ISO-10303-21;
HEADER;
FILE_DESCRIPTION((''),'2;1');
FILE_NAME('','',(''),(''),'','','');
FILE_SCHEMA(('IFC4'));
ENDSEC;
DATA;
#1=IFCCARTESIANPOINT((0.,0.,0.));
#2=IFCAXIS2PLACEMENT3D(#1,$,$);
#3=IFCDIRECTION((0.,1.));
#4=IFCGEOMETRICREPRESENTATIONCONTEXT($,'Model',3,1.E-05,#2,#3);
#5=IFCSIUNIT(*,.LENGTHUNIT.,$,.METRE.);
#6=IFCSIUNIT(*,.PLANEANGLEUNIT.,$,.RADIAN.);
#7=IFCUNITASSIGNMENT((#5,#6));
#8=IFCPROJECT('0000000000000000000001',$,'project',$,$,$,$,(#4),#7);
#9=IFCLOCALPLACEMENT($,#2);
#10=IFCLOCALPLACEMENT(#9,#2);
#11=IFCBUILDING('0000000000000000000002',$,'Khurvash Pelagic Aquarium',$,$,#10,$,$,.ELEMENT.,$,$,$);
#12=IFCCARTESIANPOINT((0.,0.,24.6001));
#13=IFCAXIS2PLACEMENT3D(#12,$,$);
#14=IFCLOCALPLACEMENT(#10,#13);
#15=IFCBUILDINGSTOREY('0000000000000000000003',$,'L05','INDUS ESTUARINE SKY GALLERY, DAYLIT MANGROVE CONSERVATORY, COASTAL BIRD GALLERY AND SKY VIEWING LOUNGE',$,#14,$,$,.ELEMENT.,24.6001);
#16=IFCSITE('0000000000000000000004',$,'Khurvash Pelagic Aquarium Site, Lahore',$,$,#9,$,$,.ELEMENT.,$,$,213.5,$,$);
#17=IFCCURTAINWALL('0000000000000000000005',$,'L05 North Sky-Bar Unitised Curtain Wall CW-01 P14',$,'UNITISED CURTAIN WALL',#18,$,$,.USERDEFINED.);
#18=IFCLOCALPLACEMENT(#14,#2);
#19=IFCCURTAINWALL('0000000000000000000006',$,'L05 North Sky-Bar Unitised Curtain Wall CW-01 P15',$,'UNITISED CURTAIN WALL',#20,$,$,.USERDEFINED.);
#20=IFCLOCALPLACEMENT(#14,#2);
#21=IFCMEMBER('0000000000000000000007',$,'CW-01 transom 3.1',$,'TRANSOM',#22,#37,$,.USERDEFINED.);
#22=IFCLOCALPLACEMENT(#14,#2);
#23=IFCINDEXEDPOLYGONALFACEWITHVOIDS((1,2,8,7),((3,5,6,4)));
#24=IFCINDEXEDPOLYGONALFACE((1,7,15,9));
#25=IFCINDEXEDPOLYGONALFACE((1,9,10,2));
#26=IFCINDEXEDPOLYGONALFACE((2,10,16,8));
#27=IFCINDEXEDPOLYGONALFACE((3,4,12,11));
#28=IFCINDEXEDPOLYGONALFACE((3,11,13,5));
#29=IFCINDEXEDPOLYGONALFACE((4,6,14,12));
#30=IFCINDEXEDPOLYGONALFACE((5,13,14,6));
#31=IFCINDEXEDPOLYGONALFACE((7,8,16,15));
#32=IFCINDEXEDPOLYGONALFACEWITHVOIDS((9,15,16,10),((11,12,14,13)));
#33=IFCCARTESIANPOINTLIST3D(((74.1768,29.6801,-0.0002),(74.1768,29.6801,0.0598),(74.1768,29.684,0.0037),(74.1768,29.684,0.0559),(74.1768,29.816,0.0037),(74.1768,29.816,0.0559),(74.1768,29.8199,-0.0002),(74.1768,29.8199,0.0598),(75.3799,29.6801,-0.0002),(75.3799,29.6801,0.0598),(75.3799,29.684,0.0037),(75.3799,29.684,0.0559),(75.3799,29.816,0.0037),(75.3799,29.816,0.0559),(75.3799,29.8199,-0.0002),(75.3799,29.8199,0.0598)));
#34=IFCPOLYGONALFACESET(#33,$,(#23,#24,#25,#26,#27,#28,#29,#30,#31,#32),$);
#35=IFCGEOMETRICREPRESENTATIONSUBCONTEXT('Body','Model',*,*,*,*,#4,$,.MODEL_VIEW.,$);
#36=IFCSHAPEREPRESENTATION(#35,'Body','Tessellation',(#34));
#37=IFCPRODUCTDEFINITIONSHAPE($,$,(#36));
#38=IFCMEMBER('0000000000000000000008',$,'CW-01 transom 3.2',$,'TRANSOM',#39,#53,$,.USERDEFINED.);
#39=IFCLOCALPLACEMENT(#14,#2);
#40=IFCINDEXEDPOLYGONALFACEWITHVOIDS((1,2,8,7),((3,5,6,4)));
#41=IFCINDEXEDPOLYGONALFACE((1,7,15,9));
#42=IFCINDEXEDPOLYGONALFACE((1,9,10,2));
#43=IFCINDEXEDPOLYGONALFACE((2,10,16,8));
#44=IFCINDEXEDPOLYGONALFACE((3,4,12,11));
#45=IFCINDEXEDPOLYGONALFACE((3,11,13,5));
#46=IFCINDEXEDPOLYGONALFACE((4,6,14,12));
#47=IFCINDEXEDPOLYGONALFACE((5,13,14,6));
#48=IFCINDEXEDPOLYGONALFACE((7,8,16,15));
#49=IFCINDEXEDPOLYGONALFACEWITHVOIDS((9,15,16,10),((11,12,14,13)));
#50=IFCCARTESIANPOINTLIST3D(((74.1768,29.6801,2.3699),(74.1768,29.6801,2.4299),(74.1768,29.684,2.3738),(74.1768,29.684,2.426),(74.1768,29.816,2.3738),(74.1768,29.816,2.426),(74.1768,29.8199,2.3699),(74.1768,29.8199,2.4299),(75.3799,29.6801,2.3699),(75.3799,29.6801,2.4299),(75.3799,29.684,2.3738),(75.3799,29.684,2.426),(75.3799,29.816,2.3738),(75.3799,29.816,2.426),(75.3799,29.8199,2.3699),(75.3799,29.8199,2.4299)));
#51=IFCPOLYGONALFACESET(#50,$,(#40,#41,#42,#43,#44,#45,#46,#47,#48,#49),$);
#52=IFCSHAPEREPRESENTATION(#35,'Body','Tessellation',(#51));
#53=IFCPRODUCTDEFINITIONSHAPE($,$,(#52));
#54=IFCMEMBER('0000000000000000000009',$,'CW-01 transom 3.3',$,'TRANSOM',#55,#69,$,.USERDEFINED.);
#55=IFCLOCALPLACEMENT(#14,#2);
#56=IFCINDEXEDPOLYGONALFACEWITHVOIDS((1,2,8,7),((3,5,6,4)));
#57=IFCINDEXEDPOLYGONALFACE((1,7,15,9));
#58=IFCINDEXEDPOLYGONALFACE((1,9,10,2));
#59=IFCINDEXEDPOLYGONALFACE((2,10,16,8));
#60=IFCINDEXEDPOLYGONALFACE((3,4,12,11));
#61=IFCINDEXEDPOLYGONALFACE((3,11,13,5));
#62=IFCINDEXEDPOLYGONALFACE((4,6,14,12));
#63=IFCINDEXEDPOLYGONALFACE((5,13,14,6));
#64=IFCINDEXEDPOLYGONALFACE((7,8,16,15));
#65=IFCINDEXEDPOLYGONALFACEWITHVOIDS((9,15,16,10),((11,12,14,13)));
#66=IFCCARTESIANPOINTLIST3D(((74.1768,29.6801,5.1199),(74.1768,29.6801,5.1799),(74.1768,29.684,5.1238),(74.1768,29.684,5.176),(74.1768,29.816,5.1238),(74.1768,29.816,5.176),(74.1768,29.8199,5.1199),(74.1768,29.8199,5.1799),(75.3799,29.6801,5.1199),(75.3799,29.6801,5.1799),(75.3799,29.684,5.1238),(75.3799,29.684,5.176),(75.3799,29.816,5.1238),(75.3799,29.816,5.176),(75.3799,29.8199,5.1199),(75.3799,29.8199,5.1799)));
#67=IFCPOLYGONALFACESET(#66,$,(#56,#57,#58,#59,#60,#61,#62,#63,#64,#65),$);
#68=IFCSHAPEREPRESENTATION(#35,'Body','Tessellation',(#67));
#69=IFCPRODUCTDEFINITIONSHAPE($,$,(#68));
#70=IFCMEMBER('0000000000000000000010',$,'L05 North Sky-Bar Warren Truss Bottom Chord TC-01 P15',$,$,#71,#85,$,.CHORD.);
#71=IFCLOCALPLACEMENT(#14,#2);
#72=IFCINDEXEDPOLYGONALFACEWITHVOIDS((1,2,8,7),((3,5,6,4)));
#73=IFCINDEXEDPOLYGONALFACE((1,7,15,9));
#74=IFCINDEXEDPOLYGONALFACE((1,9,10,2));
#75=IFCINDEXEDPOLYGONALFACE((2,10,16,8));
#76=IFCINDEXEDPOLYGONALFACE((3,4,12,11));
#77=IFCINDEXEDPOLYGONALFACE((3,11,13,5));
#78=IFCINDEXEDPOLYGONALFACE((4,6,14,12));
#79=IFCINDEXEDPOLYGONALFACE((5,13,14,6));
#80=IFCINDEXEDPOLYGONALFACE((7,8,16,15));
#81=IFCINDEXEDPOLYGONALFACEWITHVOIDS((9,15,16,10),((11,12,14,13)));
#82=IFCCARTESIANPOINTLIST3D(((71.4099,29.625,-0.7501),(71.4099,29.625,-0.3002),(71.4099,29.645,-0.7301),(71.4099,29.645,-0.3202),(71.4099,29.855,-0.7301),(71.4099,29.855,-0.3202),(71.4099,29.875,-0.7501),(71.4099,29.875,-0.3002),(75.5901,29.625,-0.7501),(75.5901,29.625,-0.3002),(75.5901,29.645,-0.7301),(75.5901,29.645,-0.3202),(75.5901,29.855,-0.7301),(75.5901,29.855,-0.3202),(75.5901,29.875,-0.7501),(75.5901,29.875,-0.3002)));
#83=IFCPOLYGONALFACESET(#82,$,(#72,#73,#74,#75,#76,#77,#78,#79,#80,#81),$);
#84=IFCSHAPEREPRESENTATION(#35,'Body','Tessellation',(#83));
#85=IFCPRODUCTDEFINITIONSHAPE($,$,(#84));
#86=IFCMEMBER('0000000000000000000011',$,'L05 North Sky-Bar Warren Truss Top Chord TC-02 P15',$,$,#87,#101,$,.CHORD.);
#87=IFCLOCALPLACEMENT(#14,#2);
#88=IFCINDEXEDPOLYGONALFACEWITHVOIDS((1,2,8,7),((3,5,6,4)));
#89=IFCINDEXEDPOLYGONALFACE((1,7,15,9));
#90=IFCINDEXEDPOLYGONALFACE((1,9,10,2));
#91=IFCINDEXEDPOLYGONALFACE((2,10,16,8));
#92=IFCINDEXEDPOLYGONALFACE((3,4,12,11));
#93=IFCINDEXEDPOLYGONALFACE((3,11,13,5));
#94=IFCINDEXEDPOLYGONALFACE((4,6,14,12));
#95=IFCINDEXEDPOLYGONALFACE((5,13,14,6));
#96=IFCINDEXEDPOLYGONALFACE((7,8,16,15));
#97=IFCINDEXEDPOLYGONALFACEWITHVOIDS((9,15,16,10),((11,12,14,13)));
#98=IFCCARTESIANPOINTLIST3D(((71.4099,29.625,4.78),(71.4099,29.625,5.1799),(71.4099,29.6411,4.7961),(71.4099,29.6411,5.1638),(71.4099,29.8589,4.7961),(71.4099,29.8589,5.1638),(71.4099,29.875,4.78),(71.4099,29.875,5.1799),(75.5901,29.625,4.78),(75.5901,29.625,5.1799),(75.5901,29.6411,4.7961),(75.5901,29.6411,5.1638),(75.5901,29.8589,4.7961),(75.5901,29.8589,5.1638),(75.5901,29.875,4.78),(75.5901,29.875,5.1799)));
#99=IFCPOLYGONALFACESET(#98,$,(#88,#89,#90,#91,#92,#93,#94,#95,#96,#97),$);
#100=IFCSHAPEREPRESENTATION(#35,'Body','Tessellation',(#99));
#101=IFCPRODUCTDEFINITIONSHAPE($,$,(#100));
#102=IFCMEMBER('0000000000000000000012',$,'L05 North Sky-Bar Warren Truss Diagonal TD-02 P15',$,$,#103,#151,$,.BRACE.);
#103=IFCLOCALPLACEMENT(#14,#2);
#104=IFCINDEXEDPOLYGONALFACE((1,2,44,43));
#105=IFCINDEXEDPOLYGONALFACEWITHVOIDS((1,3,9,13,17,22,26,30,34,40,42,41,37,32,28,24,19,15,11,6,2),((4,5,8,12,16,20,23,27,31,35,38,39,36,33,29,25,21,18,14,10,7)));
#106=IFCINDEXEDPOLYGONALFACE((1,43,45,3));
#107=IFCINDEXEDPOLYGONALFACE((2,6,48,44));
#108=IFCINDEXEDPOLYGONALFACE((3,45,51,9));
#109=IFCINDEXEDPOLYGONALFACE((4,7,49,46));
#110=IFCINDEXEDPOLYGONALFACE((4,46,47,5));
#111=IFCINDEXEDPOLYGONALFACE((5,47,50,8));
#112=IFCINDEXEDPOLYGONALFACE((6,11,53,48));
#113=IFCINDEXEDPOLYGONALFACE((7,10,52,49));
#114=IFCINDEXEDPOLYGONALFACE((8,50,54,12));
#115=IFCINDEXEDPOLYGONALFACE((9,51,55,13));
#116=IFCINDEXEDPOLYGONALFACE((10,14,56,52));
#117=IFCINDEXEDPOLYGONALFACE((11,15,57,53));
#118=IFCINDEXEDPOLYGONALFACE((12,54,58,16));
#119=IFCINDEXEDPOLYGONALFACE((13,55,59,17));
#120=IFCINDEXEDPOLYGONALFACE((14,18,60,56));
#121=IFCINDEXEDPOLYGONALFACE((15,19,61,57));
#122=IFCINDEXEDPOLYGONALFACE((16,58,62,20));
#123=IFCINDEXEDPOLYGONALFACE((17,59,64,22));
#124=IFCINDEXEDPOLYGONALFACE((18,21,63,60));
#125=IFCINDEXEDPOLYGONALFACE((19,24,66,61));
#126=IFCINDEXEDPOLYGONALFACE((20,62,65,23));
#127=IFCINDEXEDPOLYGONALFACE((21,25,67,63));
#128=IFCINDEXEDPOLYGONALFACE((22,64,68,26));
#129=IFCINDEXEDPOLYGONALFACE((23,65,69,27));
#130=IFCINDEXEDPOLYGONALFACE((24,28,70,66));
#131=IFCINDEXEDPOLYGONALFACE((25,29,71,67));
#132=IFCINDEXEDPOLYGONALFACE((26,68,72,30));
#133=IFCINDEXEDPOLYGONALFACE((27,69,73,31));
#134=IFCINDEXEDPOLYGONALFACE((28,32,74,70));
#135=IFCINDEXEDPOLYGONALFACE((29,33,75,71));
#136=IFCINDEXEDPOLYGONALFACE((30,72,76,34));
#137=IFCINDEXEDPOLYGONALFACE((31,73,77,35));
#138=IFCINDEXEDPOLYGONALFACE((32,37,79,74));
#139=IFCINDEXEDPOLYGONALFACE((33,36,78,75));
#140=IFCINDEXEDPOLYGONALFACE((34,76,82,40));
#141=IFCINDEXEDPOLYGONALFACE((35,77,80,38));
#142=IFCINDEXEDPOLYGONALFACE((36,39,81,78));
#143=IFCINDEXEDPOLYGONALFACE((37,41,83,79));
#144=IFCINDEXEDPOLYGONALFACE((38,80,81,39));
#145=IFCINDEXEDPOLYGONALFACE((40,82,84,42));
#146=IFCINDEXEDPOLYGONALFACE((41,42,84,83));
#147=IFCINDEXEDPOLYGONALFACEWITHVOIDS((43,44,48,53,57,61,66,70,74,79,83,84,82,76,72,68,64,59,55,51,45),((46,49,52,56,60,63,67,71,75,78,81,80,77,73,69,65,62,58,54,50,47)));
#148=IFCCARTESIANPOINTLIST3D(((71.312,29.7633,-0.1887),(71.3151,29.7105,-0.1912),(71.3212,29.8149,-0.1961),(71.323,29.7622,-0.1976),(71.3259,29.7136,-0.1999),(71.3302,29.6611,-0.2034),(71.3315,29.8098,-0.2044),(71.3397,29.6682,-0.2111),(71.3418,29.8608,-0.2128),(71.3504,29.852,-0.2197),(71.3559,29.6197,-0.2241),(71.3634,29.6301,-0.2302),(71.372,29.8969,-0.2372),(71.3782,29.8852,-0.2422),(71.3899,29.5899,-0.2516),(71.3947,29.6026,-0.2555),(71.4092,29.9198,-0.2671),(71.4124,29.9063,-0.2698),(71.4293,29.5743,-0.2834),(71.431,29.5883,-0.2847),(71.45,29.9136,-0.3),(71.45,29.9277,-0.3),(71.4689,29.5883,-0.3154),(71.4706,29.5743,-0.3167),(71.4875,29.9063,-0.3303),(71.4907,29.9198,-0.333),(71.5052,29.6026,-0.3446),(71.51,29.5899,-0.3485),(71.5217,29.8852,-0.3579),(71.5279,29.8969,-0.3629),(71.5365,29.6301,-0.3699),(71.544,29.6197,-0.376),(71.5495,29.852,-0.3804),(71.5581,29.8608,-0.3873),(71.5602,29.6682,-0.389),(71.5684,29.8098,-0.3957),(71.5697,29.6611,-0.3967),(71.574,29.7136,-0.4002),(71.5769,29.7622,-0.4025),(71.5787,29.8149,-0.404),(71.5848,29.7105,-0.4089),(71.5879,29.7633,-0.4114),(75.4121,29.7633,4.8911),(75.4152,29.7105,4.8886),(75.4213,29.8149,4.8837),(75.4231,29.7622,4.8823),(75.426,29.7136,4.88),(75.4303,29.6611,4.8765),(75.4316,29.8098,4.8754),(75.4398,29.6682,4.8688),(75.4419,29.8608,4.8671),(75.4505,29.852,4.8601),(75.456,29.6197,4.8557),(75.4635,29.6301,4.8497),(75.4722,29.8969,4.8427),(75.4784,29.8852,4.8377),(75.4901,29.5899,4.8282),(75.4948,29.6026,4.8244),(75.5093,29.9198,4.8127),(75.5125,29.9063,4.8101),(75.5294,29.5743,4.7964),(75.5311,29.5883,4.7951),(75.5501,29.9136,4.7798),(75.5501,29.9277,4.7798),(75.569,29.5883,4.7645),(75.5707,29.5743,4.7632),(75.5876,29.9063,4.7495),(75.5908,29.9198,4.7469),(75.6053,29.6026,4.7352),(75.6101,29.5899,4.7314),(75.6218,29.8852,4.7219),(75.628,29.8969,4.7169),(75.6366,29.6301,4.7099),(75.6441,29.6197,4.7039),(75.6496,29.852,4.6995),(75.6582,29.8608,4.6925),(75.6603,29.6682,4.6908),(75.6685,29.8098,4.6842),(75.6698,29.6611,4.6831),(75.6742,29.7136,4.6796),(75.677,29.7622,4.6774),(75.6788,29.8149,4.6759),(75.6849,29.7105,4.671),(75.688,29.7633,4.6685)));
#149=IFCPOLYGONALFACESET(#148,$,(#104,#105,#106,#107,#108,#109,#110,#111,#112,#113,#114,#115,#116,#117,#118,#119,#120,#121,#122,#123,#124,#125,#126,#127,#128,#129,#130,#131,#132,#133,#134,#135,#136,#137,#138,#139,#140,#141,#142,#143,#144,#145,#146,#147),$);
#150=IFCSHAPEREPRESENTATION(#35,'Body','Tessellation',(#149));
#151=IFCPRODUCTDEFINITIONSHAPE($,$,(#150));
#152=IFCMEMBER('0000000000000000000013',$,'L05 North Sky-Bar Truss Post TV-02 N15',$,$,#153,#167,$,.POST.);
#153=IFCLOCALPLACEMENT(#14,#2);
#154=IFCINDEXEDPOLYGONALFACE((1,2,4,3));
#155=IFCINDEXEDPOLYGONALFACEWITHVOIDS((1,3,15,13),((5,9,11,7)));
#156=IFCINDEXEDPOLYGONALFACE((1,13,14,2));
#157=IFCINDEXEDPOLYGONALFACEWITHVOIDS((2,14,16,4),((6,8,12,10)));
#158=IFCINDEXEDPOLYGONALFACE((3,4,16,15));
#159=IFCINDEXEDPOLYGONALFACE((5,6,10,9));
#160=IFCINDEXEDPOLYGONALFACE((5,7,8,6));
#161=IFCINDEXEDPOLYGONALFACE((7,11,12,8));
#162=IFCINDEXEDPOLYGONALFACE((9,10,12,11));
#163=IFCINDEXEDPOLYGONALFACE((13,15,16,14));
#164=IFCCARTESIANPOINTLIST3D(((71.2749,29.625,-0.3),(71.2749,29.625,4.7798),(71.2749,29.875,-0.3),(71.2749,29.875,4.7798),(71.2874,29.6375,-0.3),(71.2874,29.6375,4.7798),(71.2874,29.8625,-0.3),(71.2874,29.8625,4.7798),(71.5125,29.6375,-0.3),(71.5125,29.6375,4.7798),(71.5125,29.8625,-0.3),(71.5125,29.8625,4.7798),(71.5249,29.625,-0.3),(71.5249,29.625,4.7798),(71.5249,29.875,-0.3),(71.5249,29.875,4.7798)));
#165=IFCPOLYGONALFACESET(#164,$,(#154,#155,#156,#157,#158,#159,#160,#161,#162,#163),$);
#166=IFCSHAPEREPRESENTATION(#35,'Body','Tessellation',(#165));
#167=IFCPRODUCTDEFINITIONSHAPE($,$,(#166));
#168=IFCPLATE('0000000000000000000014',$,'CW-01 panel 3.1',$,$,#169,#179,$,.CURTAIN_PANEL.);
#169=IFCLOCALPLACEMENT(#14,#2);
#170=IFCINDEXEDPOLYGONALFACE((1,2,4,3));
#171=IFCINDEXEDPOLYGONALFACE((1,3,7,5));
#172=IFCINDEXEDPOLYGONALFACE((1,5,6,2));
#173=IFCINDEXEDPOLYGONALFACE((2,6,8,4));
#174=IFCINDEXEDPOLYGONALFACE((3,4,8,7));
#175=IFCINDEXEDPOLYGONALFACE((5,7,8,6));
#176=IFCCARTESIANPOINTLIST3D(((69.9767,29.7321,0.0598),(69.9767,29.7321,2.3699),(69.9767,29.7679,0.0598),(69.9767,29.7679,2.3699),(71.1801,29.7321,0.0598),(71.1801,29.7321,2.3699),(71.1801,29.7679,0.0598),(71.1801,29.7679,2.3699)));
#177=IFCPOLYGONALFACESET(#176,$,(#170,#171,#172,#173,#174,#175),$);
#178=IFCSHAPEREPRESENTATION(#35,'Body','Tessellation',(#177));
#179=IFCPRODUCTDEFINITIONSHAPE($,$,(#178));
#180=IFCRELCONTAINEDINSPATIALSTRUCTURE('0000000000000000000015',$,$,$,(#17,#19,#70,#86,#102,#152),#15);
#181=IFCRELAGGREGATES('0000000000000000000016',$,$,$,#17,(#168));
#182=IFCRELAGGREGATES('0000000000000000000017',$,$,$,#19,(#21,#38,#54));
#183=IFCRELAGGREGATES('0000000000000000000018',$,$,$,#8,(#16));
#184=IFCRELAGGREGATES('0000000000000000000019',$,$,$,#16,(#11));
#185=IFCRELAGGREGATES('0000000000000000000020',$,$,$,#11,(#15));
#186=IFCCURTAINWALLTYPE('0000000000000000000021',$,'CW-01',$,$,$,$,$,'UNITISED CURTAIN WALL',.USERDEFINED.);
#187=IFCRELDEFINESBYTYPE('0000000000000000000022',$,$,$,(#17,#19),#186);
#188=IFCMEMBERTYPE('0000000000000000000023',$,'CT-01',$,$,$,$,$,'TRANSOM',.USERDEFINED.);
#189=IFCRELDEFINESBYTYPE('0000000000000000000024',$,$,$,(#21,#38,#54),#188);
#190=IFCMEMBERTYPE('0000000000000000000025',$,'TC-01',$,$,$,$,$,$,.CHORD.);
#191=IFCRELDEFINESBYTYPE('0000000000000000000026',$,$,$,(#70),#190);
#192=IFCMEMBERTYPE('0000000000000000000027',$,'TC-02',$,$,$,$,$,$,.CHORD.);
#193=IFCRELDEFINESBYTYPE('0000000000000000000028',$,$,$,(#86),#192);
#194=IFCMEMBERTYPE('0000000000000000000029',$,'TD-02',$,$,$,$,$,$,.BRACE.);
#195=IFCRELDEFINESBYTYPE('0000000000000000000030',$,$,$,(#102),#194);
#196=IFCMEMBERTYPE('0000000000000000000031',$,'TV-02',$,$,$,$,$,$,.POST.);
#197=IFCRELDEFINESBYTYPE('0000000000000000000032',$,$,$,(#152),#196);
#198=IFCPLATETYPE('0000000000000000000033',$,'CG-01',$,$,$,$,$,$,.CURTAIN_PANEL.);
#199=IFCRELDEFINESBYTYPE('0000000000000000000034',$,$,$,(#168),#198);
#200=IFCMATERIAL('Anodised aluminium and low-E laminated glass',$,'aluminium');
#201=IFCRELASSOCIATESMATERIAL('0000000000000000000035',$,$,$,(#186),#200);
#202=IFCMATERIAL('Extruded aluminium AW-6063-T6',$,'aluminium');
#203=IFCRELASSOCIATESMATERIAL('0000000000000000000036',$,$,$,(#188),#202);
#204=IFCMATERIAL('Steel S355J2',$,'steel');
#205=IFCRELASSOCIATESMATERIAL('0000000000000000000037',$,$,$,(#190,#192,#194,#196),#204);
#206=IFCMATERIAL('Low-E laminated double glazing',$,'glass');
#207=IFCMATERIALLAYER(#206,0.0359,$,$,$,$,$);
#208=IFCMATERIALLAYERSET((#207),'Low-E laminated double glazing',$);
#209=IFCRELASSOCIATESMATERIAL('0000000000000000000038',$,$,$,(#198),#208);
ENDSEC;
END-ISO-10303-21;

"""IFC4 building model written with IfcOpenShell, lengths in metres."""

from ifc_helpers import new_model, si_unit, direction, frame, origin, origin_2d, place, context, subcontext, project, spatial, rectangle, hollow_rectangle, hollow_circle, extrude, material, layer, layer_set, material_profile, profile_set, type_object, element, aggregate, save


model = new_model("IFC4")

# Units and contexts
model_context = context("Model", 3, precision=1e-05, world=origin(), true_north=direction((0.0, 1.0)))
body_context = subcontext(model_context, "Body", "Model", "MODEL_VIEW")
ifc_project = project(units=[si_unit("LENGTHUNIT", "METRE"), si_unit("PLANEANGLEUNIT", "RADIAN")], contexts=[model_context])

# Site, building, storey
site_placement = place(None, origin())
site = spatial("IfcSite", under=ifc_project, at=site_placement, Name="Khurvash Pelagic Aquarium Site, Lahore", CompositionType="ELEMENT", RefElevation=213.5)
building_placement = place(site_placement, origin())
building = spatial("IfcBuilding", under=site, at=building_placement, Name="Khurvash Pelagic Aquarium", CompositionType="ELEMENT")
storey_placement = place(building_placement, frame((0.0, 0.0, 24.6001)))
storey = spatial("IfcBuildingStorey", under=building, at=storey_placement, Name="L05", Description="INDUS ESTUARINE SKY GALLERY, DAYLIT MANGROVE CONSERVATORY, COASTAL BIRD GALLERY AND SKY VIEWING LOUNGE", CompositionType="ELEMENT", Elevation=24.6001)

# Curtain wall
ifc_material_1 = material(Name="Anodised aluminium and low-E laminated glass", Category="aluminium")
curtain_wall_type = type_object("IfcCurtainWallType", Name="CW-01", ElementType="UNITISED CURTAIN WALL", PredefinedType="USERDEFINED", material=ifc_material_1)
curtain_wall_1_placement = place(storey_placement, origin())
curtain_wall_1 = element("IfcCurtainWall", 1, at=curtain_wall_1_placement, inside=storey, type_object=curtain_wall_type, Name="L05 North Sky-Bar Unitised Curtain Wall CW-01 P14", ObjectType="UNITISED CURTAIN WALL", PredefinedType="USERDEFINED")
ifc_material_2 = material(Name="Extruded aluminium AW-6063-T6", Category="aluminium")

# Curtain wall, members
curtain_wall_2_placement = place(storey_placement, origin())
curtain_wall_2 = element("IfcCurtainWall", 2, at=curtain_wall_2_placement, inside=storey, type_object=curtain_wall_type, Name="L05 North Sky-Bar Unitised Curtain Wall CW-01 P15", ObjectType="UNITISED CURTAIN WALL", PredefinedType="USERDEFINED")
ifc_material_profile_1 = material_profile(ifc_material_2, hollow_rectangle(XDim=0.1399, YDim=0.0601, WallThickness=0.0039, at=origin_2d()), Name="CWT140X60X4")
ifc_profile_set_1 = profile_set([ifc_material_profile_1], Name="Extruded aluminium AW-6063-T6")
member_type_1 = type_object("IfcMemberType", Name="CT-01", ElementType="TRANSOM", PredefinedType="USERDEFINED", material=ifc_profile_set_1)
member_1_placement = place(storey_placement, frame((74.1768, 29.75, 0.0298), z_axis=(1.0, 0.0, 0.0), x_axis=(0.0, 1.0, 0.0)))
member_1 = element("IfcMember", 3, at=member_1_placement, type_object=member_type_1, Name="CW-01 transom 3.1", ObjectType="TRANSOM", PredefinedType="USERDEFINED", context=body_context, shape_type="SweptSolid", body=[
    extrude(hollow_rectangle(XDim=0.1399, YDim=0.0601, WallThickness=0.0039, at=origin_2d()), origin(), (0.0, 0.0, 1.0), 1.2031),
])
member_2_placement = place(storey_placement, frame((74.1768, 29.75, 2.3999), z_axis=(1.0, 0.0, 0.0), x_axis=(0.0, 1.0, 0.0)))
member_2 = element("IfcMember", 4, at=member_2_placement, type_object=member_type_1, Name="CW-01 transom 3.2", ObjectType="TRANSOM", PredefinedType="USERDEFINED", context=body_context, shape_type="SweptSolid", body=[
    extrude(hollow_rectangle(XDim=0.1399, YDim=0.0601, WallThickness=0.0039, at=origin_2d()), origin(), (0.0, 0.0, 1.0), 1.2031),
])
member_3_placement = place(storey_placement, frame((74.1768, 29.75, 5.1499), z_axis=(1.0, 0.0, 0.0), x_axis=(0.0, 1.0, 0.0)))
member_3 = element("IfcMember", 5, at=member_3_placement, type_object=member_type_1, Name="CW-01 transom 3.3", ObjectType="TRANSOM", PredefinedType="USERDEFINED", context=body_context, shape_type="SweptSolid", body=[
    extrude(hollow_rectangle(XDim=0.1399, YDim=0.0601, WallThickness=0.0039, at=origin_2d()), origin(), (0.0, 0.0, 1.0), 1.2031),
])

# Members
ifc_material_3 = material(Name="Steel S355J2", Category="steel")
ifc_material_profile_2 = material_profile(ifc_material_3, hollow_rectangle(XDim=0.25, YDim=0.45, WallThickness=0.02, at=origin_2d()), Name="RHS450X250X20")
ifc_profile_set_2 = profile_set([ifc_material_profile_2], Name="Steel S355J2")
member_type_2 = type_object("IfcMemberType", Name="TC-01", PredefinedType="CHORD", material=ifc_profile_set_2)
member_4_placement = place(storey_placement, frame((71.4099, 29.75, -0.5251), z_axis=(1.0, 0.0, 0.0), x_axis=(0.0, 1.0, 0.0)))
element("IfcMember", 6, at=member_4_placement, inside=storey, type_object=member_type_2, Name="L05 North Sky-Bar Warren Truss Bottom Chord TC-01 P15", PredefinedType="CHORD", context=body_context, shape_type="SweptSolid", body=[
    extrude(hollow_rectangle(XDim=0.25, YDim=0.45, WallThickness=0.02, at=origin_2d()), origin(), (0.0, 0.0, 1.0), 4.1802),
])
ifc_material_profile_3 = material_profile(ifc_material_3, hollow_rectangle(XDim=0.25, YDim=0.3999, WallThickness=0.0161, at=origin_2d()), Name="RHS400X250X16")
ifc_profile_set_3 = profile_set([ifc_material_profile_3], Name="Steel S355J2")
member_type_3 = type_object("IfcMemberType", Name="TC-02", PredefinedType="CHORD", material=ifc_profile_set_3)
member_5_placement = place(storey_placement, frame((71.4099, 29.75, 4.98), z_axis=(1.0, 0.0, 0.0), x_axis=(0.0, 1.0, 0.0)))
element("IfcMember", 7, at=member_5_placement, inside=storey, type_object=member_type_3, Name="L05 North Sky-Bar Warren Truss Top Chord TC-02 P15", PredefinedType="CHORD", context=body_context, shape_type="SweptSolid", body=[
    extrude(hollow_rectangle(XDim=0.25, YDim=0.3999, WallThickness=0.0161, at=origin_2d()), origin(), (0.0, 0.0, 1.0), 4.1802),
])
ifc_material_profile_4 = material_profile(ifc_material_3, hollow_circle(Radius=0.1777, WallThickness=0.0142, at=origin_2d()), Name="CHS355X14")
ifc_profile_set_4 = profile_set([ifc_material_profile_4], Name="Steel S355J2")
member_type_4 = type_object("IfcMemberType", Name="TD-02", PredefinedType="BRACE", material=ifc_profile_set_4)
member_6_placement = place(storey_placement, frame((71.45, 29.75, -0.3), z_axis=(0.628073, 0.0, 0.778154), x_axis=(0.0, 1.0, 0.0)))
element("IfcMember", 8, at=member_6_placement, inside=storey, type_object=member_type_4, Name="L05 North Sky-Bar Warren Truss Diagonal TD-02 P15", PredefinedType="BRACE", context=body_context, shape_type="SweptSolid", body=[
    extrude(hollow_circle(Radius=0.1777, WallThickness=0.0142, at=origin_2d()), origin(), (0.0, 0.0, 1.0), 6.5281),
])
ifc_material_profile_5 = material_profile(ifc_material_3, hollow_rectangle(XDim=0.25, YDim=0.25, WallThickness=0.0125, at=origin_2d()), Name="SHS250X250X12")
ifc_profile_set_5 = profile_set([ifc_material_profile_5], Name="Steel S355J2")
member_type_5 = type_object("IfcMemberType", Name="TV-02", PredefinedType="POST", material=ifc_profile_set_5)
member_7_placement = place(storey_placement, frame((71.3999, 29.75, -0.3), z_axis=(0.0, 0.0, 1.0), x_axis=(1.0, 0.0, 0.0)))
element("IfcMember", 9, at=member_7_placement, inside=storey, type_object=member_type_5, Name="L05 North Sky-Bar Truss Post TV-02 N15", PredefinedType="POST", context=body_context, shape_type="SweptSolid", body=[
    extrude(hollow_rectangle(XDim=0.25, YDim=0.25, WallThickness=0.0125, at=origin_2d()), origin(), (0.0, 0.0, 1.0), 5.0798),
])

# Plate
ifc_material_4 = material(Name="Low-E laminated double glazing", Category="glass")
ifc_layer = layer(ifc_material_4, 0.0359)
ifc_layer_set = layer_set([ifc_layer], Name="Low-E laminated double glazing")
plate_type = type_object("IfcPlateType", Name="CG-01", PredefinedType="CURTAIN_PANEL", material=ifc_layer_set)
plate_1_placement = place(storey_placement, frame((70.5784, 29.75, 0.0598), z_axis=(0.0, 0.0, 1.0), x_axis=(1.0, 0.0, 0.0)))
plate_1 = element("IfcPlate", 10, at=plate_1_placement, type_object=plate_type, Name="CW-01 panel 3.1", PredefinedType="CURTAIN_PANEL", context=body_context, shape_type="SweptSolid", body=[
    extrude(rectangle(XDim=1.2034, YDim=0.0359, at=origin_2d()), origin(), (0.0, 0.0, 1.0), 2.3101),
])
aggregate(curtain_wall_1, [plate_1])
aggregate(curtain_wall_2, [member_1, member_2, member_3])

save(model, "model.ifc")
